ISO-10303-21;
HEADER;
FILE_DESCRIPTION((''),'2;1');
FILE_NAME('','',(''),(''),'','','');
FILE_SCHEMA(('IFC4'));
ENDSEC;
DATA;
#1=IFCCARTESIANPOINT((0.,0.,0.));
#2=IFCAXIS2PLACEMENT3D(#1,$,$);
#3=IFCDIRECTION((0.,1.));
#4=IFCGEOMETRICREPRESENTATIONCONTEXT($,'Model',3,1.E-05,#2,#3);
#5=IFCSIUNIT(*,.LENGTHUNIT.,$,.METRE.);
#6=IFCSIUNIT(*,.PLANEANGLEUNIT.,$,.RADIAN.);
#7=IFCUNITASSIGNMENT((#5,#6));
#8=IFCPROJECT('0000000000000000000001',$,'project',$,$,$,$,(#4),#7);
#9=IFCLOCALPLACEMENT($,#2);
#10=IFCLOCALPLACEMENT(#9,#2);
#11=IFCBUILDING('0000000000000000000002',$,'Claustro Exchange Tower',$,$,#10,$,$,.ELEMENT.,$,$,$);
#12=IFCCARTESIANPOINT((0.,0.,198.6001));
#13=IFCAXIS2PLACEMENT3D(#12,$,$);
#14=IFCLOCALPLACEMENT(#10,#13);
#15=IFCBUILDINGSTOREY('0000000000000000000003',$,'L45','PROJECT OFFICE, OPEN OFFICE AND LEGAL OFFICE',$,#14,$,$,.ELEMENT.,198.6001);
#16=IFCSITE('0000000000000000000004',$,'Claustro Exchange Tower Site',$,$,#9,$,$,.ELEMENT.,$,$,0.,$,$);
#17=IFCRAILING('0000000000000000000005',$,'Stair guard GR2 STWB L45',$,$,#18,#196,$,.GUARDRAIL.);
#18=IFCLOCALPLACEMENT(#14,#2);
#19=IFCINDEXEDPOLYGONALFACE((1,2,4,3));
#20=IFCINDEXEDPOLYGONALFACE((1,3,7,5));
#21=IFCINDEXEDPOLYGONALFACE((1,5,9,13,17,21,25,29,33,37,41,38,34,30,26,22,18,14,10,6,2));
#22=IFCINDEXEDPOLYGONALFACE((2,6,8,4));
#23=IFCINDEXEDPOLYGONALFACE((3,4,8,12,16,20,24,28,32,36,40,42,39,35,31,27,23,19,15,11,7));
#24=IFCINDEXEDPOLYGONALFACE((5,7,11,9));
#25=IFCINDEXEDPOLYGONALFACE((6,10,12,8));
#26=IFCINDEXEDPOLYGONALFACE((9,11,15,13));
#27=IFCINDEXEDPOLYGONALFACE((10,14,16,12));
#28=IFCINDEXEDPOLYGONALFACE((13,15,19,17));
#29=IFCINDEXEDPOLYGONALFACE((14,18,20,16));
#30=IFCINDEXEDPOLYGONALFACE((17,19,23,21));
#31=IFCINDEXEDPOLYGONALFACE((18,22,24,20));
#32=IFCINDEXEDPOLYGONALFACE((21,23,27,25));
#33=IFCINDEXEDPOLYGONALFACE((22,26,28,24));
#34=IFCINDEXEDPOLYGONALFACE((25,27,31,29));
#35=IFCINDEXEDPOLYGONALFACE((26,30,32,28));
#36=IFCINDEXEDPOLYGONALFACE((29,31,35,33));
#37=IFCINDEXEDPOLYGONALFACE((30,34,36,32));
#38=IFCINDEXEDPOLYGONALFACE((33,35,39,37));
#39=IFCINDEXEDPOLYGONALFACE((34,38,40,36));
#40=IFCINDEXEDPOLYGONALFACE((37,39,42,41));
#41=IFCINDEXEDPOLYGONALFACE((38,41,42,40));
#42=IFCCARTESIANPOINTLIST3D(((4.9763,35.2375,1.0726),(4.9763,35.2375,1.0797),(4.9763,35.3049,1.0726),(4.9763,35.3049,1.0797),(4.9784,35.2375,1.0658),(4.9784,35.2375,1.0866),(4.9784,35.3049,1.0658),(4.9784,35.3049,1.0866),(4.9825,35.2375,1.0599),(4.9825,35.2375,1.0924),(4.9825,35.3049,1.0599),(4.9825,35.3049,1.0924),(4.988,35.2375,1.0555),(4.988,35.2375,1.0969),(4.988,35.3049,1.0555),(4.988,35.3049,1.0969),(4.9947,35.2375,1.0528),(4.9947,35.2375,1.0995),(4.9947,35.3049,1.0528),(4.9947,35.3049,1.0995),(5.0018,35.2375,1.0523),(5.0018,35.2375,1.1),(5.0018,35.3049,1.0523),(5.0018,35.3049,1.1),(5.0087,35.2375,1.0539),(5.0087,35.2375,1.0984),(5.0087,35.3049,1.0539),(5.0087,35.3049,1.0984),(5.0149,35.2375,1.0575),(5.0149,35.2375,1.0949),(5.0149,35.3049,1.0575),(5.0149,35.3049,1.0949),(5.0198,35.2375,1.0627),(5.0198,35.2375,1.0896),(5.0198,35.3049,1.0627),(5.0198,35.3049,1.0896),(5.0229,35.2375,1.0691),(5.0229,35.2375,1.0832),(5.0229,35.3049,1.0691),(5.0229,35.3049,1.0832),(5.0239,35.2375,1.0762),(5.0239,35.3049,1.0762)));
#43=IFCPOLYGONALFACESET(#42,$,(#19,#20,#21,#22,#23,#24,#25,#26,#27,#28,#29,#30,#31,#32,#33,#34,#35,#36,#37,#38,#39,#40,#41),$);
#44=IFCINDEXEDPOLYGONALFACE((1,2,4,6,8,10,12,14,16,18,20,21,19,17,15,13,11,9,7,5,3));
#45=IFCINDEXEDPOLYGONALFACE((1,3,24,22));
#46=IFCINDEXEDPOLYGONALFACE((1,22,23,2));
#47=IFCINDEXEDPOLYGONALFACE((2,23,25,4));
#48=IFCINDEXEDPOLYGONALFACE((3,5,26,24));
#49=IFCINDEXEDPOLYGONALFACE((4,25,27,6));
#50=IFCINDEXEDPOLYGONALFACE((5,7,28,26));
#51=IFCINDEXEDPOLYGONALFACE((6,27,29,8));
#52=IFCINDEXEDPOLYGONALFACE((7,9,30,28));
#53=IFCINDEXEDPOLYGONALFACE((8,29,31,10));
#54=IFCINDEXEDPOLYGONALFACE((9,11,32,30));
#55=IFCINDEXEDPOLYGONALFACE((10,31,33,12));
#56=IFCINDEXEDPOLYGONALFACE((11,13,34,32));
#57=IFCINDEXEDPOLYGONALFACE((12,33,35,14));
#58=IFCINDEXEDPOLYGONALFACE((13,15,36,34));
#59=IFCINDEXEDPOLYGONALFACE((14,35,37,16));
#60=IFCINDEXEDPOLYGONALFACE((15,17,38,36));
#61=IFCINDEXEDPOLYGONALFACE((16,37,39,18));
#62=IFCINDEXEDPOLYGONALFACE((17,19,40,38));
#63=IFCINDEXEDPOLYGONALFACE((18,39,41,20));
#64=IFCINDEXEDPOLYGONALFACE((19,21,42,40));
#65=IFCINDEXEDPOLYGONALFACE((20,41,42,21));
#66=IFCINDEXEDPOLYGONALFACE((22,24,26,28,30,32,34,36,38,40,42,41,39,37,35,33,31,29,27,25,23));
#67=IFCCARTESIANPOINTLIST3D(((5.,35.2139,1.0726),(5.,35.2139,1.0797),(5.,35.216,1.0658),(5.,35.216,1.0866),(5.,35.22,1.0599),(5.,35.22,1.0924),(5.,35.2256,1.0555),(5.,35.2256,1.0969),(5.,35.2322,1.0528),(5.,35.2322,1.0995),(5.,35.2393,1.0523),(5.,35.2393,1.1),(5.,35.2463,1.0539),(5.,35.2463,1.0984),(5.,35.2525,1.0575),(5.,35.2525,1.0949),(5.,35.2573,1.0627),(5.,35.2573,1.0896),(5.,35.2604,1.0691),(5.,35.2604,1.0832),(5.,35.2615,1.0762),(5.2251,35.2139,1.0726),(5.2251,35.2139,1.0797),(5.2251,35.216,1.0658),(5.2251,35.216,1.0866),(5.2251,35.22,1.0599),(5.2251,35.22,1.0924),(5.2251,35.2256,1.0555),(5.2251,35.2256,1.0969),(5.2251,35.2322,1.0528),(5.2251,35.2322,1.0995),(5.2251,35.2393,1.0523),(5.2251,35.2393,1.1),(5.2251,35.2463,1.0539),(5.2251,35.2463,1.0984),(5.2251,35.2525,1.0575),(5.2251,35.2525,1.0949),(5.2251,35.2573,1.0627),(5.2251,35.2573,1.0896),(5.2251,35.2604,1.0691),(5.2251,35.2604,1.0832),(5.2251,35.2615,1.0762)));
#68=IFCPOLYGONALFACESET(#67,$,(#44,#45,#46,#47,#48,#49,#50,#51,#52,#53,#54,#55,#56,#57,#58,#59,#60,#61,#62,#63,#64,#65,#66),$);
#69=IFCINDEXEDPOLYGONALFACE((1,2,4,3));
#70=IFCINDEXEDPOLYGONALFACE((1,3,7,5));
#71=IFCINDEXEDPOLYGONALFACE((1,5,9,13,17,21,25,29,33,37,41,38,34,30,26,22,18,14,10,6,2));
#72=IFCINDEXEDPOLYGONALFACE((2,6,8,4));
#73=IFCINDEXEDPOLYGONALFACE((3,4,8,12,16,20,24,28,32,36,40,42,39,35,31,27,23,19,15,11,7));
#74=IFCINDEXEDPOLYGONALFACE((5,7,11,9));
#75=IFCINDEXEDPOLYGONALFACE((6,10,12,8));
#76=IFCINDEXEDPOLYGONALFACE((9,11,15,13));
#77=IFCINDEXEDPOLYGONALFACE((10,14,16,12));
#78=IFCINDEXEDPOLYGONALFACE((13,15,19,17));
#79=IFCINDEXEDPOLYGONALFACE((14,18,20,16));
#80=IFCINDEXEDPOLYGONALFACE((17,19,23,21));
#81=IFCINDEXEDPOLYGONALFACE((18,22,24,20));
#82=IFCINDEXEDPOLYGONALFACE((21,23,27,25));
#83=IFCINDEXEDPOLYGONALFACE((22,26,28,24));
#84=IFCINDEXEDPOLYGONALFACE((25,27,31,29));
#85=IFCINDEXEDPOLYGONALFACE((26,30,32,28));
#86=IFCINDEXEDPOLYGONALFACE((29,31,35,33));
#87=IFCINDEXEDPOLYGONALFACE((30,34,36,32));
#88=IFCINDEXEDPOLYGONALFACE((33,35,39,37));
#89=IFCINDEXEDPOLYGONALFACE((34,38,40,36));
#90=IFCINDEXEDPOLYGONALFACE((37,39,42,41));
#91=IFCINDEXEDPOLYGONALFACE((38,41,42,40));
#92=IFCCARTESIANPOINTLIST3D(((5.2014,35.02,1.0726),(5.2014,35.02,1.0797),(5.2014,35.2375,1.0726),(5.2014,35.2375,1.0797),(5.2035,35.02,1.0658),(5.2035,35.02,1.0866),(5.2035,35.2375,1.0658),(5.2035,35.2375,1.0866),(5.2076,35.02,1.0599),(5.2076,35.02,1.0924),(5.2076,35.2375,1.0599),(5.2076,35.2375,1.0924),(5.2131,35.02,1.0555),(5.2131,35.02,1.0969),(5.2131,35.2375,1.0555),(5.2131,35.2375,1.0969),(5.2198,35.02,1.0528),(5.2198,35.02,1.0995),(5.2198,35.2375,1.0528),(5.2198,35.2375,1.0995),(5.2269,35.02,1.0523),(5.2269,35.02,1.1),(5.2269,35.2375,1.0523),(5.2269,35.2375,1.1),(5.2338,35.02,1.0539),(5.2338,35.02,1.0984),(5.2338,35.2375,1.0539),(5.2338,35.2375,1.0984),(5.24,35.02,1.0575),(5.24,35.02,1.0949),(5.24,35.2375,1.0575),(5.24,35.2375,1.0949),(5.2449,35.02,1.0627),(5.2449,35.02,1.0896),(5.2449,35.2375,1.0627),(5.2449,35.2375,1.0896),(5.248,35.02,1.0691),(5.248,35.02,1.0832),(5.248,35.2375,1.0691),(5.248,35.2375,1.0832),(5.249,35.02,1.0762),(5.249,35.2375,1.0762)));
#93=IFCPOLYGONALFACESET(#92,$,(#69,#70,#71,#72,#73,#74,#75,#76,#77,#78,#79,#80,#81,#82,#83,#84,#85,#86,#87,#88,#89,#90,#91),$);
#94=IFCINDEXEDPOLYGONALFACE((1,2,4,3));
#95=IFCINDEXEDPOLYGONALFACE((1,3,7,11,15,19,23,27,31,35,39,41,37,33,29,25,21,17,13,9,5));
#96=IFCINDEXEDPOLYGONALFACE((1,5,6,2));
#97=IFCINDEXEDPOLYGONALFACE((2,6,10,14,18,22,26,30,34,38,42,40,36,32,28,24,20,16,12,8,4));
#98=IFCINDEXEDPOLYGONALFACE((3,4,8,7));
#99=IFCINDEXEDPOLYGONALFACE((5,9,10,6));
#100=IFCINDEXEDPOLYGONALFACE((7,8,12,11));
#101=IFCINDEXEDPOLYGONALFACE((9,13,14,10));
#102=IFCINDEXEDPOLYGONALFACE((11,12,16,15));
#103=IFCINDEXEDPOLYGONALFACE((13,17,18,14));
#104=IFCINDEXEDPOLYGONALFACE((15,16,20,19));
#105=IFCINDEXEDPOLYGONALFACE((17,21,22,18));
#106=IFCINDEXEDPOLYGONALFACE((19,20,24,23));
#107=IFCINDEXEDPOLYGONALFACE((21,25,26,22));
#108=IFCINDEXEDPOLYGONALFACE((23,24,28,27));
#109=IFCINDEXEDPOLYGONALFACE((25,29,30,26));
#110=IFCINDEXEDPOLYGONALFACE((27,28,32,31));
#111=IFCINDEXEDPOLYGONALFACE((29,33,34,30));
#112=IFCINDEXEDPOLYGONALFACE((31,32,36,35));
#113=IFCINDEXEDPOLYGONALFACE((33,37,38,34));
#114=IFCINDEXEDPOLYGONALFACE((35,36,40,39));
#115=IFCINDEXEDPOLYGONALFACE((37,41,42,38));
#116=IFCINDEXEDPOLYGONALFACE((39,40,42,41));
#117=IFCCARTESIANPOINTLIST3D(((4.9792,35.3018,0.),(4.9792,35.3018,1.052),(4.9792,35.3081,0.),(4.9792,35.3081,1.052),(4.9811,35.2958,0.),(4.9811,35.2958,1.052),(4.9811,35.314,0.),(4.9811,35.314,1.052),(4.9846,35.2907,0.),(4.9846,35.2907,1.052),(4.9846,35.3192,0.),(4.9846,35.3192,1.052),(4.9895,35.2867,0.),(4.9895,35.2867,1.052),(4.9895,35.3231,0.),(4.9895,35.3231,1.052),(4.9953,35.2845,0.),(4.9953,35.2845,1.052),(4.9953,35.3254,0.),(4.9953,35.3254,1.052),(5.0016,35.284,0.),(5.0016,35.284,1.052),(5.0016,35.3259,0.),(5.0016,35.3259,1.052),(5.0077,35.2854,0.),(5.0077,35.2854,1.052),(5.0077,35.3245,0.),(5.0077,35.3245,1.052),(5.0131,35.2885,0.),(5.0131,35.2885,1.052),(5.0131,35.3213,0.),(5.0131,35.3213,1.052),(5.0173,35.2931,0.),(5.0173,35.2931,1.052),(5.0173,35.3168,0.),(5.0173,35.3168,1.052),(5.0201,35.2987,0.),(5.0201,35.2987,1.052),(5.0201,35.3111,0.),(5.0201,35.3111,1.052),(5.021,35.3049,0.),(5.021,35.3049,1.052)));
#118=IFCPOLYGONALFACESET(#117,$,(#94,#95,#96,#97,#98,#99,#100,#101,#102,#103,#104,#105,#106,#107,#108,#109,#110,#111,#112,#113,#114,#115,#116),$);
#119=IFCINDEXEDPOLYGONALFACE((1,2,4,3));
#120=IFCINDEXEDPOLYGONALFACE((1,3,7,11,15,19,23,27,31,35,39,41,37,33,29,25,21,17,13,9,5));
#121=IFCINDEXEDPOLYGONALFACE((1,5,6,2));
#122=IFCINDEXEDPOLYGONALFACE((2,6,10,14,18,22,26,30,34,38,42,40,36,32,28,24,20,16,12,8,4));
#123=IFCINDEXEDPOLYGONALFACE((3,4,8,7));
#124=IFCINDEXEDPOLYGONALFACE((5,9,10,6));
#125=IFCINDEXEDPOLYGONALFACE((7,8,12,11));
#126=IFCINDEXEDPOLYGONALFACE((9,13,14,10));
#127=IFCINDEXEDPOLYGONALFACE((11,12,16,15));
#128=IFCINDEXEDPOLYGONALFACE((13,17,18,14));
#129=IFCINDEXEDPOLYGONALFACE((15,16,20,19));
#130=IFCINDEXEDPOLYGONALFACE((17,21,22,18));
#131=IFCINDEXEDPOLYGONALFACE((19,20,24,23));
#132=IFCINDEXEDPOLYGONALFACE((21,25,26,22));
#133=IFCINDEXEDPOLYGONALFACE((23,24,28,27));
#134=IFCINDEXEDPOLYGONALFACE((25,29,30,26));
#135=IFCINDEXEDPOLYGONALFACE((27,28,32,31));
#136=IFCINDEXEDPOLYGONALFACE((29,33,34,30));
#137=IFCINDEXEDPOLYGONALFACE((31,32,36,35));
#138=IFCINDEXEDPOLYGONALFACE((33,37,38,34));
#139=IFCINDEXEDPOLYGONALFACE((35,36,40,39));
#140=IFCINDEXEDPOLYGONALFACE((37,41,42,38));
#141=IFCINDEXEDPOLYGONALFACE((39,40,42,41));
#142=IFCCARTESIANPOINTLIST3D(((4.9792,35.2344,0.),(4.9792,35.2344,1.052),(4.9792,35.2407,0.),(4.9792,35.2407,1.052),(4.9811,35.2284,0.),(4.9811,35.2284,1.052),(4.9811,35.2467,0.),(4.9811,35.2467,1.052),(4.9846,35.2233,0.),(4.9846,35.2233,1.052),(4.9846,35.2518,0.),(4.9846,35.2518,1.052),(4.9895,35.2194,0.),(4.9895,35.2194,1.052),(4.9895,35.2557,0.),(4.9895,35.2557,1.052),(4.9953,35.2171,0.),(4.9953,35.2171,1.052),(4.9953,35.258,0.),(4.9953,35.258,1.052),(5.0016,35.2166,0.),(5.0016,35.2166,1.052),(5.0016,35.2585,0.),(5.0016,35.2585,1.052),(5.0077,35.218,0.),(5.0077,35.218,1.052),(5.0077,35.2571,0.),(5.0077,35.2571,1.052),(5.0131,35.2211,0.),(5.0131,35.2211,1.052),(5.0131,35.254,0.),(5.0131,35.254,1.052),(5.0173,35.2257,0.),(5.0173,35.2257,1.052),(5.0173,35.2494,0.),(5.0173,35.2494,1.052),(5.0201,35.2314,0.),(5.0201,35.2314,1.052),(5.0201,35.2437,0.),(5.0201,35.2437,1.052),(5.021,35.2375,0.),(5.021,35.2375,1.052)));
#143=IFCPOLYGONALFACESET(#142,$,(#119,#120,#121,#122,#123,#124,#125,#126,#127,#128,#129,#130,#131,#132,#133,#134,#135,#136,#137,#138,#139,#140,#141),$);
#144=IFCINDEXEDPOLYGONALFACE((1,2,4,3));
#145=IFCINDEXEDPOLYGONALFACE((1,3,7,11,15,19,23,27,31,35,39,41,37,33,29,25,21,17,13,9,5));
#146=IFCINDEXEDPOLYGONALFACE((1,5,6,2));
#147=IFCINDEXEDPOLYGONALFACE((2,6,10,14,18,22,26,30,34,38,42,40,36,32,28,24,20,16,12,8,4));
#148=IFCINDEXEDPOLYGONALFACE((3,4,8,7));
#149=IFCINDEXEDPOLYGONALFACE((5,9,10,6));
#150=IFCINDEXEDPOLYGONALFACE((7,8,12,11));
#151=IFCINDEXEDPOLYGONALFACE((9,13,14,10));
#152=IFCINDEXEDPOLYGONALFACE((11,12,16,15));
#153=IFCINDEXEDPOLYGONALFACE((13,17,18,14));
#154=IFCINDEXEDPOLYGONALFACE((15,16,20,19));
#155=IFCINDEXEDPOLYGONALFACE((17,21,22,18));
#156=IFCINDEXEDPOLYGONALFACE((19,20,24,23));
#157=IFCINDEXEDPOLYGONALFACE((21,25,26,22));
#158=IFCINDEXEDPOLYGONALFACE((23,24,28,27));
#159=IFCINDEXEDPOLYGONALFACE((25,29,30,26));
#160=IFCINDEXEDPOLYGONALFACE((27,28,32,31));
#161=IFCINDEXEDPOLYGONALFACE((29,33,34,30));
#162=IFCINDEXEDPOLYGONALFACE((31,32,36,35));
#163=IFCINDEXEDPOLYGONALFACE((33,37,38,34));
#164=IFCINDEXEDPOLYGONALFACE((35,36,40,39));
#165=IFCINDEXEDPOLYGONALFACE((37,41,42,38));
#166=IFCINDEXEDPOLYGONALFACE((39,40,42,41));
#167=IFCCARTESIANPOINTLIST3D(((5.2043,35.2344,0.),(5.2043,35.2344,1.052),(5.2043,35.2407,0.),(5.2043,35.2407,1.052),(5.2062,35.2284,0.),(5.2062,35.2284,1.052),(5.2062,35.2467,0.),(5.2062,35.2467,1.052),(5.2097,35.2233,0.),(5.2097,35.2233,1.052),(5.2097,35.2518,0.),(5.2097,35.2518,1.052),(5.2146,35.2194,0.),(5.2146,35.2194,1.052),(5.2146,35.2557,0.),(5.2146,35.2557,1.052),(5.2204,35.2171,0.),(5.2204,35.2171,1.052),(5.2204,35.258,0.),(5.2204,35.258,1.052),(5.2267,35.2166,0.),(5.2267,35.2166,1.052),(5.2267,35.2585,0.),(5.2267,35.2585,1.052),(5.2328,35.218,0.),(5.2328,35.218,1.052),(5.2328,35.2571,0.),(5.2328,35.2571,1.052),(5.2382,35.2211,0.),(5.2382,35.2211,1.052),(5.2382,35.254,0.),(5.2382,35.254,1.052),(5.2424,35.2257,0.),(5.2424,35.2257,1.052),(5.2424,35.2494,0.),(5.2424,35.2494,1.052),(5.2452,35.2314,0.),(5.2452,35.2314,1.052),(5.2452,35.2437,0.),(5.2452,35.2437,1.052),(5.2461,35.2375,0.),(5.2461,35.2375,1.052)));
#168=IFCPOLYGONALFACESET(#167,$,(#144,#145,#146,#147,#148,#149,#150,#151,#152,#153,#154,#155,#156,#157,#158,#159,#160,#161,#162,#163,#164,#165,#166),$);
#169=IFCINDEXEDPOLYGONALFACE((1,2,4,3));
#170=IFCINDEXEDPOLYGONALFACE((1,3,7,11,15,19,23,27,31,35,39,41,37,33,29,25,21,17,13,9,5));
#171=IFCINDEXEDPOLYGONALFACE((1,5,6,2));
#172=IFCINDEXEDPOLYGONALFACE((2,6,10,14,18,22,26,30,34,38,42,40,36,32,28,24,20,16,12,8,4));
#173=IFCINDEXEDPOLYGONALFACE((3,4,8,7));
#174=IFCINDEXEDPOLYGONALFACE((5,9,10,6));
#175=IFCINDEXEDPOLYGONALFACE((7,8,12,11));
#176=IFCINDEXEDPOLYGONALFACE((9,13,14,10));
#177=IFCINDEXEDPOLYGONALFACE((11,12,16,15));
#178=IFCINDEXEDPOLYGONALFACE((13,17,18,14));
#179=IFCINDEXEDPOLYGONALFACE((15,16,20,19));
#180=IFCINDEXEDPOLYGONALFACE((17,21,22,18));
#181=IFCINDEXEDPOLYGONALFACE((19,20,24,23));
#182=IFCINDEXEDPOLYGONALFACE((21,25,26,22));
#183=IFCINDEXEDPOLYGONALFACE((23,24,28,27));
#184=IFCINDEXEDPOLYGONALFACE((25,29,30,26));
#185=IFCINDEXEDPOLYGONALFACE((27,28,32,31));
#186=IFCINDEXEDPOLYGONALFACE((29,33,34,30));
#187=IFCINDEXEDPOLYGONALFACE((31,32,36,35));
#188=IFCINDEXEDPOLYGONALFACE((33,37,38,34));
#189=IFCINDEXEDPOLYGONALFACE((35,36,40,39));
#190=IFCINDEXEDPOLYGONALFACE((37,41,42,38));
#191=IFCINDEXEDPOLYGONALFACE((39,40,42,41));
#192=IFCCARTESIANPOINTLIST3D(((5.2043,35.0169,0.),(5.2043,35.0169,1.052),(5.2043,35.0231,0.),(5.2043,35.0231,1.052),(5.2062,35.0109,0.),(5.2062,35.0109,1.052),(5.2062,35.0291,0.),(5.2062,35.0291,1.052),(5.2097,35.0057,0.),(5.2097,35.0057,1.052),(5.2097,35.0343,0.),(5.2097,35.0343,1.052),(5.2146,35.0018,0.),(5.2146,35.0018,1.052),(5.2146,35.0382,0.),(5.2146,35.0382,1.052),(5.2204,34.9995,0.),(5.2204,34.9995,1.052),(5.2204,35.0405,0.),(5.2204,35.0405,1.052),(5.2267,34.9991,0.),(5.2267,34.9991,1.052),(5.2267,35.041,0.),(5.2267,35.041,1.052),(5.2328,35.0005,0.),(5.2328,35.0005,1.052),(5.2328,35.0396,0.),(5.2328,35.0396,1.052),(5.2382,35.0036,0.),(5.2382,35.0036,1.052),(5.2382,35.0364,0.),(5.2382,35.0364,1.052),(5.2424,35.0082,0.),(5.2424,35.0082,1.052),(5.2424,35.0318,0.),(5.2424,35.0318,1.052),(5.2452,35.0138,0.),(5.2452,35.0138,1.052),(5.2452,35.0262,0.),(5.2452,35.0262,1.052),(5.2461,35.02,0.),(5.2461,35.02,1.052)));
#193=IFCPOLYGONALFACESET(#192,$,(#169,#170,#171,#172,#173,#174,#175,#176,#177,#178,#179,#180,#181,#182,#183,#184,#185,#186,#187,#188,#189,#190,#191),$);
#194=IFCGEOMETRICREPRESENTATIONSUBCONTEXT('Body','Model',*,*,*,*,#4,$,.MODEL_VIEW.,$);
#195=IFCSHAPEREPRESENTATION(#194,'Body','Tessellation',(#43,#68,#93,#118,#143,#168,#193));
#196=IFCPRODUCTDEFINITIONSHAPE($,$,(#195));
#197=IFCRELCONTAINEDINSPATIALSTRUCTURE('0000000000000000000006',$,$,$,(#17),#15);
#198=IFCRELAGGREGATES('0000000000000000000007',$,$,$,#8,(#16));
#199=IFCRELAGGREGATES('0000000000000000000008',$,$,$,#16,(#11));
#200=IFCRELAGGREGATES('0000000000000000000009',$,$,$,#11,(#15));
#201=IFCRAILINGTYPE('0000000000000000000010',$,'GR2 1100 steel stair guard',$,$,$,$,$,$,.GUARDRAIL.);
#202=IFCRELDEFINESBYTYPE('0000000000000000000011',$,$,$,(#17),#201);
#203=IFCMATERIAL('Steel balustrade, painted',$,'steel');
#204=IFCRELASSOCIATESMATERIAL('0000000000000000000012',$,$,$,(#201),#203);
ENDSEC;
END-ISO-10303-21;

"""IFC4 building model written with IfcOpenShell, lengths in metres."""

from ifc_helpers import new_model, si_unit, direction, frame, origin, origin_2d, place, context, subcontext, project, spatial, circle, extrude, material, type_object, element, save


model = new_model("IFC4")

# Units and contexts
model_context = context("Model", 3, precision=1e-05, world=origin(), true_north=direction((0.0, 1.0)))
body_context = subcontext(model_context, "Body", "Model", "MODEL_VIEW")
ifc_project = project(units=[si_unit("LENGTHUNIT", "METRE"), si_unit("PLANEANGLEUNIT", "RADIAN")], contexts=[model_context])

# Site, building, storey
site_placement = place(None, origin())
site = spatial("IfcSite", under=ifc_project, at=site_placement, Name="Claustro Exchange Tower Site", CompositionType="ELEMENT", RefElevation=0.0)
building_placement = place(site_placement, origin())
building = spatial("IfcBuilding", under=site, at=building_placement, Name="Claustro Exchange Tower", CompositionType="ELEMENT")
storey_placement = place(building_placement, frame((0.0, 0.0, 198.6001)))
storey = spatial("IfcBuildingStorey", under=building, at=storey_placement, Name="L45", Description="PROJECT OFFICE, OPEN OFFICE AND LEGAL OFFICE", CompositionType="ELEMENT", Elevation=198.6001)

# Railing
ifc_material_1 = material(Name="Steel balustrade, painted", Category="steel")
railing_type_1 = type_object("IfcRailingType", Name="GR2 1100 steel stair guard", PredefinedType="GUARDRAIL", material=ifc_material_1)
railing_1_placement = place(storey_placement, frame((5.0, 35.3049, 0.0)))
element("IfcRailing", 1, at=railing_1_placement, inside=storey, type_object=railing_type_1, Name="Stair guard GR2 STWB L45", PredefinedType="GUARDRAIL", context=body_context, shape_type="SweptSolid", body=[
    extrude(circle(Radius=0.0239, at=origin_2d()), frame((0.0, 0.0, 1.0762), z_axis=(0.0, -1.0, 0.0), x_axis=(1.0, 0.0, 0.0)), (0.0, 0.0, 1.0), 0.0674),
    extrude(circle(Radius=0.0239, at=origin_2d()), frame((0.0, -0.0674, 1.0762), z_axis=(1.0, 0.0, 0.0), x_axis=(0.0, 1.0, 0.0)), (0.0, 0.0, 1.0), 0.2251),
    extrude(circle(Radius=0.0239, at=origin_2d()), frame((0.2251, -0.0674, 1.0762), z_axis=(0.0, -1.0, 0.0), x_axis=(1.0, 0.0, 0.0)), (0.0, 0.0, 1.0), 0.2175),
    extrude(circle(Radius=0.021, at=origin_2d()), origin(), (0.0, 0.0, 1.0), 1.052),
    extrude(circle(Radius=0.021, at=origin_2d()), frame((0.0, -0.0674, 0.0)), (0.0, 0.0, 1.0), 1.052),
    extrude(circle(Radius=0.021, at=origin_2d()), frame((0.2251, -0.0674, 0.0)), (0.0, 0.0, 1.0), 1.052),
    extrude(circle(Radius=0.021, at=origin_2d()), frame((0.2251, -0.2849, 0.0)), (0.0, 0.0, 1.0), 1.052),
])

save(model, "model.ifc")
